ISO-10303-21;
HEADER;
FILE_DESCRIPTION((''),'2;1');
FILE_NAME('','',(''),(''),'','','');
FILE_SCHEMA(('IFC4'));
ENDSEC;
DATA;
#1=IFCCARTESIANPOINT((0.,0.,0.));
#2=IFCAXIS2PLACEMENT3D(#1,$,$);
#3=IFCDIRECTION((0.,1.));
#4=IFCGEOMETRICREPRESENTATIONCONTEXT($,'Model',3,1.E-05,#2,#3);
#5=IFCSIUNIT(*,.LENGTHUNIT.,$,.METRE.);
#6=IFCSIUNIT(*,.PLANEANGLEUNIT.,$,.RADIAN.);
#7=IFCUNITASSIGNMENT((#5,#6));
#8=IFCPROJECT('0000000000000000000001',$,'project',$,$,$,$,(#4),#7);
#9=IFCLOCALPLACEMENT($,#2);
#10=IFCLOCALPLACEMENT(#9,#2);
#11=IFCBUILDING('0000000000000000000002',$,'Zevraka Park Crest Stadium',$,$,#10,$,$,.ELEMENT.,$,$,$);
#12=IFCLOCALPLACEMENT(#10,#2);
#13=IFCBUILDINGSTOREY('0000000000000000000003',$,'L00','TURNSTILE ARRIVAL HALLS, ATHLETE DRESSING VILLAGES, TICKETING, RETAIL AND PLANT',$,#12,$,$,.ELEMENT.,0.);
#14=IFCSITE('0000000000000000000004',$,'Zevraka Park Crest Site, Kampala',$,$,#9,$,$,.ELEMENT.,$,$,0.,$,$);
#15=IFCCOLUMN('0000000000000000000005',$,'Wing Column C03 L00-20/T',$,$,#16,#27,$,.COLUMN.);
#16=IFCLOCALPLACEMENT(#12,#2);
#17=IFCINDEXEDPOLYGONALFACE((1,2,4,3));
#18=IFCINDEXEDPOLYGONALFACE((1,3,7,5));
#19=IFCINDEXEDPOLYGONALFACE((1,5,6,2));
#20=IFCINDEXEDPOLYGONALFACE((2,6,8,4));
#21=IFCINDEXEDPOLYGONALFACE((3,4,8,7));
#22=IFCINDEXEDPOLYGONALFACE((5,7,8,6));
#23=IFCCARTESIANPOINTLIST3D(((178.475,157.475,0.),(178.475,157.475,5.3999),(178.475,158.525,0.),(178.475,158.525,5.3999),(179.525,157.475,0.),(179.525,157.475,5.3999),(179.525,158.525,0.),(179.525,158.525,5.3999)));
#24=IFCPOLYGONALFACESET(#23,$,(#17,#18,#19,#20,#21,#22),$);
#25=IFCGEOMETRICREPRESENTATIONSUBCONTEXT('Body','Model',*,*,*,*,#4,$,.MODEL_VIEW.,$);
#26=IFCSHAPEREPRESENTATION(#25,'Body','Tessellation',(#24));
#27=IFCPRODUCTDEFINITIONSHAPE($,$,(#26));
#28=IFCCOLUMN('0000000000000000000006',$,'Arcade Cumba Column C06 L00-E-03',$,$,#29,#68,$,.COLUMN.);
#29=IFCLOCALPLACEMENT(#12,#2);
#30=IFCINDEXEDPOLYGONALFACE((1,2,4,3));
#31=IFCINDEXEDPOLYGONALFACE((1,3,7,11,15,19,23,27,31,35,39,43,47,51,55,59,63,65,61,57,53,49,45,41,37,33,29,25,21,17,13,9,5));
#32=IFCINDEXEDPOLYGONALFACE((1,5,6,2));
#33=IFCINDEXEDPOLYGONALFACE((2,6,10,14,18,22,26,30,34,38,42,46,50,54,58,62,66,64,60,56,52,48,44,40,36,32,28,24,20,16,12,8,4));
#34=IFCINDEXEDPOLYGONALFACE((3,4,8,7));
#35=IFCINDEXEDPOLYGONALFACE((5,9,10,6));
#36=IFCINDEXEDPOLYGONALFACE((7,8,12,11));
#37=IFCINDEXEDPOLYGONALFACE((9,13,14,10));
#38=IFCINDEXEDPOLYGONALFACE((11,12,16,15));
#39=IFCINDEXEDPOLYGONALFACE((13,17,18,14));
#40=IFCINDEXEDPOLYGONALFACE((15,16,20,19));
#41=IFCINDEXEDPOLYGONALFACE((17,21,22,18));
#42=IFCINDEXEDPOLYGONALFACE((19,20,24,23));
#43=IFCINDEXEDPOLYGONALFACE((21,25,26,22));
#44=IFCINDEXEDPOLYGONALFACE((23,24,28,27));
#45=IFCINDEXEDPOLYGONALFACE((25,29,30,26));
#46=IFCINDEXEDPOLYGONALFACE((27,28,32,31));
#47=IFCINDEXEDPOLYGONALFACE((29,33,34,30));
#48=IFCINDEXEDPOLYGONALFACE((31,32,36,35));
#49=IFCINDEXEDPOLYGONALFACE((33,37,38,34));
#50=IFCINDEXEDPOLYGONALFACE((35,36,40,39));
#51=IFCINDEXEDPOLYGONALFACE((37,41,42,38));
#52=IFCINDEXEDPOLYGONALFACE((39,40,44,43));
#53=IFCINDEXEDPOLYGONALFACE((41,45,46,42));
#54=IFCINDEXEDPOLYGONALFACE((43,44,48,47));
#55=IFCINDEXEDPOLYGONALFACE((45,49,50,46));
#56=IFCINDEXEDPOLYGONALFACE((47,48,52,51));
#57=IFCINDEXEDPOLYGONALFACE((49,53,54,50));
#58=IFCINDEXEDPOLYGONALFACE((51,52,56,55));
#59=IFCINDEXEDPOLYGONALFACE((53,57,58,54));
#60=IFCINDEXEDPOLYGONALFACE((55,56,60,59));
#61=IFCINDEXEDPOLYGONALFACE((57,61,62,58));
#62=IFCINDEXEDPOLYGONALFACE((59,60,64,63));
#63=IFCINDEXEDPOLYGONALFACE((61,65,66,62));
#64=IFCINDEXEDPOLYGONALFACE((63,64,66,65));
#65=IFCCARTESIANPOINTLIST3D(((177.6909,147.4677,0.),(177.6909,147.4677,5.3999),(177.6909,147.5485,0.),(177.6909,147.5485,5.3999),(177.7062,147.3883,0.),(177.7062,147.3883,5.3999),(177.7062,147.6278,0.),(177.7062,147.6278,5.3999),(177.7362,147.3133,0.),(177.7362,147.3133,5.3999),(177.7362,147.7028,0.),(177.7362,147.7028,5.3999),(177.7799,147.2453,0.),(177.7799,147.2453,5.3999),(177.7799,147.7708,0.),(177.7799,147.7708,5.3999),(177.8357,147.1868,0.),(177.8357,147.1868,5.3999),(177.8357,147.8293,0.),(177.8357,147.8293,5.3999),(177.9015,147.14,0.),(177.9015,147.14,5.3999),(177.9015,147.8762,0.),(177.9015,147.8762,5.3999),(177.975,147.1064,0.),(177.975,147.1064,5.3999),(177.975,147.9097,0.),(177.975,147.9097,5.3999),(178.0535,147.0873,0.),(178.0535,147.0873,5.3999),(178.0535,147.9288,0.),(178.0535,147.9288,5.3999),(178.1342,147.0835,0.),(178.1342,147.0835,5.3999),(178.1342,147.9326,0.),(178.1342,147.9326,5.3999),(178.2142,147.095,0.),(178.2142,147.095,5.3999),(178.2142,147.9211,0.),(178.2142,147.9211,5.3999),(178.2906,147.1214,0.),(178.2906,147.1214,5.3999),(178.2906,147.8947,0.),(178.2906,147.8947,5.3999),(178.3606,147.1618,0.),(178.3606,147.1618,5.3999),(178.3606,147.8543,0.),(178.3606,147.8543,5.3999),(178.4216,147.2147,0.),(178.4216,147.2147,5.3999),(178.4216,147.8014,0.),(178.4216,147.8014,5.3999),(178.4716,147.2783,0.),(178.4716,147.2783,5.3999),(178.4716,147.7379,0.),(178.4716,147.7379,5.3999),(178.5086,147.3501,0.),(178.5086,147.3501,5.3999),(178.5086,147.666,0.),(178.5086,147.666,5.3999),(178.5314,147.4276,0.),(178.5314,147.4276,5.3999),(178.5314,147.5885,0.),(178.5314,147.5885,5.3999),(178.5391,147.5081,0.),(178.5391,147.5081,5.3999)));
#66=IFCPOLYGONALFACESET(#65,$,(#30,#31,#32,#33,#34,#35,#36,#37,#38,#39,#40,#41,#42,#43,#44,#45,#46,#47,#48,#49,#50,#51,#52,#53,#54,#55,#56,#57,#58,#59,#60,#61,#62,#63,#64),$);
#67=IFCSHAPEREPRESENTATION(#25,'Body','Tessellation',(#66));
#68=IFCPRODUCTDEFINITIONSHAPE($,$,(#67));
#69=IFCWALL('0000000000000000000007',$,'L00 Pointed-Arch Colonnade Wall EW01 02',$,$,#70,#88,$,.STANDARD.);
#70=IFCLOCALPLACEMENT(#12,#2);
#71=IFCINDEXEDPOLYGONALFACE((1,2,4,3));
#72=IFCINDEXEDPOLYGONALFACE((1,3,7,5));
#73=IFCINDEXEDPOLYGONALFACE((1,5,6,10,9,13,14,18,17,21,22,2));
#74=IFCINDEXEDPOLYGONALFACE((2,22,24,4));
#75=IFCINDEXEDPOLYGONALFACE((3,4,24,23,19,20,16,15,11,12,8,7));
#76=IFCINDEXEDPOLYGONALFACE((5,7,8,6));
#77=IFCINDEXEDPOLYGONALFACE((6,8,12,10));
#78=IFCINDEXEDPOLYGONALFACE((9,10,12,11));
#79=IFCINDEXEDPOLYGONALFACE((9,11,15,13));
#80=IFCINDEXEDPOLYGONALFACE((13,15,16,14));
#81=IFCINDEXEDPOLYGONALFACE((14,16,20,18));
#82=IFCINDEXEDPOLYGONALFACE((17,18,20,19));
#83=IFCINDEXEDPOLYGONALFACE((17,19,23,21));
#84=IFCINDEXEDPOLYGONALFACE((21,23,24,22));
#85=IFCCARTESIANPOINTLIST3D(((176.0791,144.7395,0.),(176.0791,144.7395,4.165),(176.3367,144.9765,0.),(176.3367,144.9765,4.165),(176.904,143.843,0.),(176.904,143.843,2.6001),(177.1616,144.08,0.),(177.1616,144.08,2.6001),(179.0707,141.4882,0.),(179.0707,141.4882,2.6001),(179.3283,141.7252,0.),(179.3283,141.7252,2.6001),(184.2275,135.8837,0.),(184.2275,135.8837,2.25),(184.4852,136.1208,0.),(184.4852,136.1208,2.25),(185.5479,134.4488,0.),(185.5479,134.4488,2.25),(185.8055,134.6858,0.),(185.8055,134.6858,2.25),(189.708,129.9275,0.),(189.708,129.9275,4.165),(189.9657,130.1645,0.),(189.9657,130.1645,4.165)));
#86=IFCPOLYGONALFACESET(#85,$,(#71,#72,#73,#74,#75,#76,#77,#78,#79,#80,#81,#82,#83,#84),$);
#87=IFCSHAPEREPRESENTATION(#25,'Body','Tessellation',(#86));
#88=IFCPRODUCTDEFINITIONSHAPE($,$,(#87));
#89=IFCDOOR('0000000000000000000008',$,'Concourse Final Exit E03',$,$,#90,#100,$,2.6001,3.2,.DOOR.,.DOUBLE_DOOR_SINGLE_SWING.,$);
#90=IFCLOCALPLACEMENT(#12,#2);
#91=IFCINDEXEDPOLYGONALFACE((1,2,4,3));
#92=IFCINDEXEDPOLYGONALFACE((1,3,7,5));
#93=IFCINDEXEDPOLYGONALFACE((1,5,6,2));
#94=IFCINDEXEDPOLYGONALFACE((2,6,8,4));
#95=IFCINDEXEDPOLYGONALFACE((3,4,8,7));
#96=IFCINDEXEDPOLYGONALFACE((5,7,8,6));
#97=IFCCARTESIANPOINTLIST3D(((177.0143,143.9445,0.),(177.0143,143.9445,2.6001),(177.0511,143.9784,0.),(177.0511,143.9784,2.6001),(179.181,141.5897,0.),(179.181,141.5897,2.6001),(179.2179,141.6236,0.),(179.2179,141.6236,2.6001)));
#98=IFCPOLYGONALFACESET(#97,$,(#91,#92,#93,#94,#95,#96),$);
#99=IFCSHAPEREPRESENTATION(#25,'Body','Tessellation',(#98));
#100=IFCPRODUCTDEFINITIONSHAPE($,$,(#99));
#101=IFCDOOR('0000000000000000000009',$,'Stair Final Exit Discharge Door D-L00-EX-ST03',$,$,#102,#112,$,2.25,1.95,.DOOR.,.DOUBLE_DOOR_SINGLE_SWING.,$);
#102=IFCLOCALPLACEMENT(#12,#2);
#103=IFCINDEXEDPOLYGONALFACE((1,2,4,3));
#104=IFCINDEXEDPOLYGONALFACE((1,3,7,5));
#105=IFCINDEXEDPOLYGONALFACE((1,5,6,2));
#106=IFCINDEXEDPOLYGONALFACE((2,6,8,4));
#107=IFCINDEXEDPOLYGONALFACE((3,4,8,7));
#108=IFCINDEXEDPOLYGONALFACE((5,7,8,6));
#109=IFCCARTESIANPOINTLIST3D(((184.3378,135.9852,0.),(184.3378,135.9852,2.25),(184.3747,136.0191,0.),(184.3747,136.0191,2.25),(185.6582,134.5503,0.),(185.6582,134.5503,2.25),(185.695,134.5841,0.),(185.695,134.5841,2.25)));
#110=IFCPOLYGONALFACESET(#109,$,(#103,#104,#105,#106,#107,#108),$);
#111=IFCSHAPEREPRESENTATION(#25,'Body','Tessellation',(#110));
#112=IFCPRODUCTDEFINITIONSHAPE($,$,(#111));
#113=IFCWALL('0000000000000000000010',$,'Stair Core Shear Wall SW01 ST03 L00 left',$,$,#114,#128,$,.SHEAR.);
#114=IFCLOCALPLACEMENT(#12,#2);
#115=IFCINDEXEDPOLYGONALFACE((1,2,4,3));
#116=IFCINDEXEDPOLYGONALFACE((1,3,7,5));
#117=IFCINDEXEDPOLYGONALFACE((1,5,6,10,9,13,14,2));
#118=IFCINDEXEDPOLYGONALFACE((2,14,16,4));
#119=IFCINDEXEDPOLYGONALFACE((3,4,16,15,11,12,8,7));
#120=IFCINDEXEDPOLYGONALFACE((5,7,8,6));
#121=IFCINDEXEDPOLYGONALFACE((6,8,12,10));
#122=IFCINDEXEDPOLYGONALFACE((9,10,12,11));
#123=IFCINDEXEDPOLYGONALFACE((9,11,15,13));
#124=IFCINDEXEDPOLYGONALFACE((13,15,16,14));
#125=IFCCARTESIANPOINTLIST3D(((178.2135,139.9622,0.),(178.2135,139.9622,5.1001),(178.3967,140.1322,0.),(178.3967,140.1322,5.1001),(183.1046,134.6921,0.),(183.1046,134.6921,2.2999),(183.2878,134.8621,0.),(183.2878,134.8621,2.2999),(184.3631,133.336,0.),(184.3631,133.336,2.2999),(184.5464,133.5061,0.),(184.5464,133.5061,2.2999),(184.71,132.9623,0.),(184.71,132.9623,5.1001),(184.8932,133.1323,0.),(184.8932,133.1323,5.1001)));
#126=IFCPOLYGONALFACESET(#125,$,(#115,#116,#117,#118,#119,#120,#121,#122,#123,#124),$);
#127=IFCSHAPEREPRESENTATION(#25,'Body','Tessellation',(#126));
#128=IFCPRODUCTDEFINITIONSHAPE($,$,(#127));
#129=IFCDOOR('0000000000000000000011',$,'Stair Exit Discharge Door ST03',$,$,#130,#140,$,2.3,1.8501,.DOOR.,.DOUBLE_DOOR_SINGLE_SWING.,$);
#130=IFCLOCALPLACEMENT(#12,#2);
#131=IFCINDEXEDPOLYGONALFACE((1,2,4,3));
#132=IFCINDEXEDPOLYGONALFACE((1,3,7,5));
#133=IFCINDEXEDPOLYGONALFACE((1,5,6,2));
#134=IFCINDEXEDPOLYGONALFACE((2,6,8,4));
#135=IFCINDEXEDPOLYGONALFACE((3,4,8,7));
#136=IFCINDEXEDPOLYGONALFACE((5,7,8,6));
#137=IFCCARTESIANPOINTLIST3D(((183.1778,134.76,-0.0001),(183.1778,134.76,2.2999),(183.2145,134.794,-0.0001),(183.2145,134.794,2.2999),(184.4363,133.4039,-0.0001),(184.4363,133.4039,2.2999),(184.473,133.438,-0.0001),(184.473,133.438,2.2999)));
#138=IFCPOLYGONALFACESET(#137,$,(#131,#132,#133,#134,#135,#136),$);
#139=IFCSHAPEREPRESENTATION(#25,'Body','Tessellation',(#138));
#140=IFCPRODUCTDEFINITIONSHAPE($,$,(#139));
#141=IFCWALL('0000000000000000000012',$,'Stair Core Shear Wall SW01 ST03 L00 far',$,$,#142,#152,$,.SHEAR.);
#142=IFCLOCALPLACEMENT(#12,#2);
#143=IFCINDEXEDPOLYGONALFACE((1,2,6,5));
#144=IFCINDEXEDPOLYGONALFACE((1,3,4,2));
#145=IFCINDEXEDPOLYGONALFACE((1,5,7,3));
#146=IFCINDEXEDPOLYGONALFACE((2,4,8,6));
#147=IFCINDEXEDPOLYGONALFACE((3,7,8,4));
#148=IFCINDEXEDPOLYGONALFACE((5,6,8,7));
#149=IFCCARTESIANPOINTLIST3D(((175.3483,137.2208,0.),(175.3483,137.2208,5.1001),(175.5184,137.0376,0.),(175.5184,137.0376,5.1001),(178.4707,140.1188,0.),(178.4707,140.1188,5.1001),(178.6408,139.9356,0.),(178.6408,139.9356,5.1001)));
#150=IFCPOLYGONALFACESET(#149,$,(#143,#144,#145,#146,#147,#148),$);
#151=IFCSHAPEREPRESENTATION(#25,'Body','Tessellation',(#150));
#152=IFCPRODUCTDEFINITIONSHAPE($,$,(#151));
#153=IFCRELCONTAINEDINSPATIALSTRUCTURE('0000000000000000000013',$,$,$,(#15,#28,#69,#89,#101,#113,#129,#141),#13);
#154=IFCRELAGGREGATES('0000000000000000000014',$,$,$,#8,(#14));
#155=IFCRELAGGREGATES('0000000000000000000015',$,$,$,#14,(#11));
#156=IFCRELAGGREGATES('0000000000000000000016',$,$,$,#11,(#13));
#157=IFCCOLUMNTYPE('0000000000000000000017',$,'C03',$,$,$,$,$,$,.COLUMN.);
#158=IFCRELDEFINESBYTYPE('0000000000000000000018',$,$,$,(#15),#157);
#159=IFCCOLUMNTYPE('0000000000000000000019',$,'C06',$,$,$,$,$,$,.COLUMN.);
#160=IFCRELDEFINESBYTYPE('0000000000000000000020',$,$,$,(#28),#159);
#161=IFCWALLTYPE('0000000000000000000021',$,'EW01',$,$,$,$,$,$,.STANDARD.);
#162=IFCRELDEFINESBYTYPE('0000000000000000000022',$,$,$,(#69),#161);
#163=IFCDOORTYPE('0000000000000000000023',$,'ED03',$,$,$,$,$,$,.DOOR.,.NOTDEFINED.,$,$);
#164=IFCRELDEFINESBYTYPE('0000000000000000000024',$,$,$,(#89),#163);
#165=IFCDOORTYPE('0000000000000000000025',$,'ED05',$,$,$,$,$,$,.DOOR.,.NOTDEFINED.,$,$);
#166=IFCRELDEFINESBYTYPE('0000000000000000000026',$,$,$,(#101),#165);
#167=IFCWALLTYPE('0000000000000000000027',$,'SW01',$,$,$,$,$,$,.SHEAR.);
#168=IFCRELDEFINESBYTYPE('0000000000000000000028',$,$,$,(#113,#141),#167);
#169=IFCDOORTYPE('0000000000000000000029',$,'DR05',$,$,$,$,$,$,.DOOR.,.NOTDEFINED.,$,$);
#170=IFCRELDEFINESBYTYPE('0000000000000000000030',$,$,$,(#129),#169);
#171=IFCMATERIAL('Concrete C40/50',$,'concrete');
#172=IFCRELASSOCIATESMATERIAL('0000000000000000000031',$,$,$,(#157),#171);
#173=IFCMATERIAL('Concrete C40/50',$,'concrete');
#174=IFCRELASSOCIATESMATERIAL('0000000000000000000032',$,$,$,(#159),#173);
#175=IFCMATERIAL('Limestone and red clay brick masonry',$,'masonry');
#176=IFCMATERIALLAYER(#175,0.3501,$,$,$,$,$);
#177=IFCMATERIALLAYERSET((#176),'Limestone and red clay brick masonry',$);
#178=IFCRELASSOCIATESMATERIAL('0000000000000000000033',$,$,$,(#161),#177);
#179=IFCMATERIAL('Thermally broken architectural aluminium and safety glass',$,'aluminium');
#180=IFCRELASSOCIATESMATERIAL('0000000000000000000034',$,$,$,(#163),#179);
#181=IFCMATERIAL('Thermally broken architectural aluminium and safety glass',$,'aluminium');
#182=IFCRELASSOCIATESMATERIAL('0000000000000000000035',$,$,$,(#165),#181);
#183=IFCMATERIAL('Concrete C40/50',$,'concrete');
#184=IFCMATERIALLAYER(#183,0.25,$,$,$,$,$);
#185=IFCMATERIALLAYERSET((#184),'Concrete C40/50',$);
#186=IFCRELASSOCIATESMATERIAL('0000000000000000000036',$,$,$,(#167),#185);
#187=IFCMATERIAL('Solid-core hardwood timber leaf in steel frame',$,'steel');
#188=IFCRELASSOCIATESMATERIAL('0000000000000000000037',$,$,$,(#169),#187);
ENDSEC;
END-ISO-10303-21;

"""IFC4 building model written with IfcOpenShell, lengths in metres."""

from ifc_helpers import new_model, si_unit, direction, frame, frame_2d, origin, origin_2d, place, context, subcontext, project, spatial, rectangle, circle, extrude, material, layer, layer_set, material_profile, profile_set, type_object, element, fill, save


model = new_model("IFC4")

# Units and contexts
model_context = context("Model", 3, precision=1e-05, world=origin(), true_north=direction((0.0, 1.0)))
body_context = subcontext(model_context, "Body", "Model", "MODEL_VIEW")
ifc_project = project(units=[si_unit("LENGTHUNIT", "METRE"), si_unit("PLANEANGLEUNIT", "RADIAN")], contexts=[model_context])

# Site, building, storey
site_placement = place(None, origin())
site = spatial("IfcSite", under=ifc_project, at=site_placement, Name="Zevraka Park Crest Site, Kampala", CompositionType="ELEMENT", RefElevation=0.0)
building_placement = place(site_placement, origin())
building = spatial("IfcBuilding", under=site, at=building_placement, Name="Zevraka Park Crest Stadium", CompositionType="ELEMENT")
storey_placement = place(building_placement, origin())
storey = spatial("IfcBuildingStorey", under=building, at=storey_placement, Name="L00", Description="TURNSTILE ARRIVAL HALLS, ATHLETE DRESSING VILLAGES, TICKETING, RETAIL AND PLANT", CompositionType="ELEMENT", Elevation=0.0)

# Columns
ifc_material_1 = material(Name="Concrete C40/50", Category="concrete")
ifc_material_profile_1 = material_profile(ifc_material_1, rectangle(XDim=1.05, YDim=1.05, at=origin_2d()), Name="RC 1050x1050")
ifc_profile_set_1 = profile_set([ifc_material_profile_1], Name="Concrete C40/50")
column_type_1 = type_object("IfcColumnType", Name="C03", PredefinedType="COLUMN", material=ifc_profile_set_1)
column_1_placement = place(storey_placement, frame((179.0, 158.0, 0.0), z_axis=(0.0, 0.0, 1.0), x_axis=(1.0, 0.0, 0.0)))
element("IfcColumn", 1, at=column_1_placement, inside=storey, type_object=column_type_1, Name="Wing Column C03 L00-20/T", PredefinedType="COLUMN", context=body_context, shape_type="SweptSolid", body=[
    extrude(rectangle(XDim=1.05, YDim=1.05, at=origin_2d()), origin(), (0.0, 0.0, 1.0), 5.3999),
])
ifc_material_2 = material(Name="Concrete C40/50", Category="concrete")
ifc_material_profile_2 = material_profile(ifc_material_2, circle(Radius=0.425, at=origin_2d()), Name="RC D850")
ifc_profile_set_2 = profile_set([ifc_material_profile_2], Name="Concrete C40/50")
column_type_2 = type_object("IfcColumnType", Name="C06", PredefinedType="COLUMN", material=ifc_profile_set_2)
column_2_placement = place(storey_placement, frame((178.114, 147.5081, 0.0), z_axis=(0.0, 0.0, 1.0), x_axis=(1.0, 0.0, 0.0)))
element("IfcColumn", 2, at=column_2_placement, inside=storey, type_object=column_type_2, Name="Arcade Cumba Column C06 L00-E-03", PredefinedType="COLUMN", context=body_context, shape_type="SweptSolid", body=[
    extrude(circle(Radius=0.425, at=origin_2d()), origin(), (0.0, 0.0, 1.0), 5.3999),
])

# Wall, openings, doors
ifc_material_3 = material(Name="Limestone and red clay brick masonry", Category="masonry")
ifc_layer_1 = layer(ifc_material_3, 0.3501)
ifc_layer_set_1 = layer_set([ifc_layer_1], Name="Limestone and red clay brick masonry")
wall_type_1 = type_object("IfcWallType", Name="EW01", PredefinedType="STANDARD", material=ifc_layer_set_1)
wall_1_placement = place(storey_placement, frame((176.208, 144.8579, 0.0), z_axis=(0.0, 0.0, 1.0), x_axis=(0.677106, -0.735885, 0.0)))
wall_1 = element("IfcWall", 3, at=wall_1_placement, inside=storey, type_object=wall_type_1, Name="L00 Pointed-Arch Colonnade Wall EW01 02", PredefinedType="STANDARD", context=body_context, shape_type="SweptSolid", body=[
    extrude(rectangle(XDim=20.1282, YDim=0.3501, at=frame_2d((10.064, 0.0))), origin(), (0.0, 0.0, 1.0), 4.165),
])
opening_1_placement = place(wall_1_placement, frame((12.0339, 0.0, 0.0)))
opening_1 = element("IfcOpeningElement", 4, at=opening_1_placement, cuts=wall_1, PredefinedType="OPENING", context=body_context, shape_type="SweptSolid", body=[
    extrude(rectangle(XDim=1.95, YDim=2.25, at=frame_2d((0.9751, 1.125))), frame((0.0, 0.1851, 0.0), z_axis=(0.0, -1.0, 0.0), x_axis=(1.0, 0.0, 0.0)), (0.0, 0.0, 1.0), 0.3701),
])
opening_2_placement = place(wall_1_placement, frame((1.218, 0.0, 0.0)))
opening_2 = element("IfcOpeningElement", 5, at=opening_2_placement, cuts=wall_1, PredefinedType="OPENING", context=body_context, shape_type="SweptSolid", body=[
    extrude(rectangle(XDim=3.2, YDim=2.6001, at=frame_2d((1.6001, 1.3))), frame((0.0, 0.1851, 0.0), z_axis=(0.0, -1.0, 0.0), x_axis=(1.0, 0.0, 0.0)), (0.0, 0.0, 1.0), 0.3701),
])
ifc_material_4 = material(Name="Thermally broken architectural aluminium and safety glass", Category="aluminium")
door_type_1 = type_object("IfcDoorType", Name="ED03", OperationType="NOTDEFINED", PredefinedType="DOOR", material=ifc_material_4)
door_1_placement = place(opening_2_placement, origin())
door_1 = element("IfcDoor", 6, at=door_1_placement, inside=storey, type_object=door_type_1, Name="Concourse Final Exit E03", OperationType="DOUBLE_DOOR_SINGLE_SWING", OverallHeight=2.6001, OverallWidth=3.2, PredefinedType="DOOR", context=body_context, shape_type="SweptSolid", body=[
    extrude(rectangle(XDim=3.2, YDim=2.6001, at=frame_2d((1.6001, 1.3))), frame((0.0, 0.0249, 0.0), z_axis=(0.0, -1.0, 0.0), x_axis=(1.0, 0.0, 0.0)), (0.0, 0.0, 1.0), 0.05),
])
fill(opening_2, door_1)
ifc_material_5 = material(Name="Thermally broken architectural aluminium and safety glass", Category="aluminium")
door_type_2 = type_object("IfcDoorType", Name="ED05", OperationType="NOTDEFINED", PredefinedType="DOOR", material=ifc_material_5)
door_2_placement = place(opening_1_placement, origin())
door_2 = element("IfcDoor", 7, at=door_2_placement, inside=storey, type_object=door_type_2, Name="Stair Final Exit Discharge Door D-L00-EX-ST03", OperationType="DOUBLE_DOOR_SINGLE_SWING", OverallHeight=2.25, OverallWidth=1.95, PredefinedType="DOOR", context=body_context, shape_type="SweptSolid", body=[
    extrude(rectangle(XDim=1.95, YDim=2.25, at=frame_2d((0.9751, 1.125))), frame((0.0, 0.0249, 0.0), z_axis=(0.0, -1.0, 0.0), x_axis=(1.0, 0.0, 0.0)), (0.0, 0.0, 1.0), 0.05),
])
fill(opening_1, door_2)

# Wall, opening, door
ifc_material_6 = material(Name="Concrete C40/50", Category="concrete")
ifc_layer_2 = layer(ifc_material_6, 0.25)
ifc_layer_set_2 = layer_set([ifc_layer_2], Name="Concrete C40/50")
wall_type_2 = type_object("IfcWallType", Name="SW01", PredefinedType="SHEAR", material=ifc_layer_set_2)
wall_2_placement = place(storey_placement, frame((178.3052, 140.0471, 0.0), z_axis=(0.0, 0.0, 1.0), x_axis=(0.680259, -0.732972, 0.0)))
wall_2 = element("IfcWall", 8, at=wall_2_placement, inside=storey, type_object=wall_type_2, Name="Stair Core Shear Wall SW01 ST03 L00 left", PredefinedType="SHEAR", context=body_context, shape_type="SweptSolid", body=[
    extrude(rectangle(XDim=9.55, YDim=0.25, at=frame_2d((4.7749, 0.0))), origin(), (0.0, 0.0, 1.0), 5.1001),
])
opening_3_placement = place(wall_2_placement, frame((7.1899, 0.0, 0.0)))
opening_3 = element("IfcOpeningElement", 9, at=opening_3_placement, cuts=wall_2, PredefinedType="OPENING", context=body_context, shape_type="SweptSolid", body=[
    extrude(rectangle(XDim=1.8501, YDim=2.3, at=frame_2d((0.925, 1.1499))), frame((0.0, 0.135, 0.0), z_axis=(0.0, -1.0, 0.0), x_axis=(1.0, 0.0, 0.0)), (0.0, 0.0, 1.0), 0.27),
])
ifc_material_7 = material(Name="Solid-core hardwood timber leaf in steel frame", Category="steel")
door_type_3 = type_object("IfcDoorType", Name="DR05", OperationType="NOTDEFINED", PredefinedType="DOOR", material=ifc_material_7)
door_3_placement = place(opening_3_placement, origin())
door_3 = element("IfcDoor", 10, at=door_3_placement, inside=storey, type_object=door_type_3, Name="Stair Exit Discharge Door ST03", OperationType="DOUBLE_DOOR_SINGLE_SWING", OverallHeight=2.3, OverallWidth=1.8501, PredefinedType="DOOR", context=body_context, shape_type="SweptSolid", body=[
    extrude(rectangle(XDim=1.8501, YDim=2.3, at=frame_2d((0.925, 1.1499))), frame((0.0, 0.0249, 0.0), z_axis=(0.0, -1.0, 0.0), x_axis=(1.0, 0.0, 0.0)), (0.0, 0.0, 1.0), 0.05),
])
fill(opening_3, door_3)

# Wall
wall_3_placement = place(storey_placement, frame((178.5557, 140.0271, 0.0), z_axis=(0.0, 0.0, 1.0), x_axis=(-0.732951, -0.680282, 0.0)))
element("IfcWall", 11, at=wall_3_placement, inside=storey, type_object=wall_type_2, Name="Stair Core Shear Wall SW01 ST03 L00 far", PredefinedType="SHEAR", context=body_context, shape_type="SweptSolid", body=[
    extrude(rectangle(XDim=4.26, YDim=0.25, at=frame_2d((2.1299, 0.0))), origin(), (0.0, 0.0, 1.0), 5.1001),
])

save(model, "model.ifc")
